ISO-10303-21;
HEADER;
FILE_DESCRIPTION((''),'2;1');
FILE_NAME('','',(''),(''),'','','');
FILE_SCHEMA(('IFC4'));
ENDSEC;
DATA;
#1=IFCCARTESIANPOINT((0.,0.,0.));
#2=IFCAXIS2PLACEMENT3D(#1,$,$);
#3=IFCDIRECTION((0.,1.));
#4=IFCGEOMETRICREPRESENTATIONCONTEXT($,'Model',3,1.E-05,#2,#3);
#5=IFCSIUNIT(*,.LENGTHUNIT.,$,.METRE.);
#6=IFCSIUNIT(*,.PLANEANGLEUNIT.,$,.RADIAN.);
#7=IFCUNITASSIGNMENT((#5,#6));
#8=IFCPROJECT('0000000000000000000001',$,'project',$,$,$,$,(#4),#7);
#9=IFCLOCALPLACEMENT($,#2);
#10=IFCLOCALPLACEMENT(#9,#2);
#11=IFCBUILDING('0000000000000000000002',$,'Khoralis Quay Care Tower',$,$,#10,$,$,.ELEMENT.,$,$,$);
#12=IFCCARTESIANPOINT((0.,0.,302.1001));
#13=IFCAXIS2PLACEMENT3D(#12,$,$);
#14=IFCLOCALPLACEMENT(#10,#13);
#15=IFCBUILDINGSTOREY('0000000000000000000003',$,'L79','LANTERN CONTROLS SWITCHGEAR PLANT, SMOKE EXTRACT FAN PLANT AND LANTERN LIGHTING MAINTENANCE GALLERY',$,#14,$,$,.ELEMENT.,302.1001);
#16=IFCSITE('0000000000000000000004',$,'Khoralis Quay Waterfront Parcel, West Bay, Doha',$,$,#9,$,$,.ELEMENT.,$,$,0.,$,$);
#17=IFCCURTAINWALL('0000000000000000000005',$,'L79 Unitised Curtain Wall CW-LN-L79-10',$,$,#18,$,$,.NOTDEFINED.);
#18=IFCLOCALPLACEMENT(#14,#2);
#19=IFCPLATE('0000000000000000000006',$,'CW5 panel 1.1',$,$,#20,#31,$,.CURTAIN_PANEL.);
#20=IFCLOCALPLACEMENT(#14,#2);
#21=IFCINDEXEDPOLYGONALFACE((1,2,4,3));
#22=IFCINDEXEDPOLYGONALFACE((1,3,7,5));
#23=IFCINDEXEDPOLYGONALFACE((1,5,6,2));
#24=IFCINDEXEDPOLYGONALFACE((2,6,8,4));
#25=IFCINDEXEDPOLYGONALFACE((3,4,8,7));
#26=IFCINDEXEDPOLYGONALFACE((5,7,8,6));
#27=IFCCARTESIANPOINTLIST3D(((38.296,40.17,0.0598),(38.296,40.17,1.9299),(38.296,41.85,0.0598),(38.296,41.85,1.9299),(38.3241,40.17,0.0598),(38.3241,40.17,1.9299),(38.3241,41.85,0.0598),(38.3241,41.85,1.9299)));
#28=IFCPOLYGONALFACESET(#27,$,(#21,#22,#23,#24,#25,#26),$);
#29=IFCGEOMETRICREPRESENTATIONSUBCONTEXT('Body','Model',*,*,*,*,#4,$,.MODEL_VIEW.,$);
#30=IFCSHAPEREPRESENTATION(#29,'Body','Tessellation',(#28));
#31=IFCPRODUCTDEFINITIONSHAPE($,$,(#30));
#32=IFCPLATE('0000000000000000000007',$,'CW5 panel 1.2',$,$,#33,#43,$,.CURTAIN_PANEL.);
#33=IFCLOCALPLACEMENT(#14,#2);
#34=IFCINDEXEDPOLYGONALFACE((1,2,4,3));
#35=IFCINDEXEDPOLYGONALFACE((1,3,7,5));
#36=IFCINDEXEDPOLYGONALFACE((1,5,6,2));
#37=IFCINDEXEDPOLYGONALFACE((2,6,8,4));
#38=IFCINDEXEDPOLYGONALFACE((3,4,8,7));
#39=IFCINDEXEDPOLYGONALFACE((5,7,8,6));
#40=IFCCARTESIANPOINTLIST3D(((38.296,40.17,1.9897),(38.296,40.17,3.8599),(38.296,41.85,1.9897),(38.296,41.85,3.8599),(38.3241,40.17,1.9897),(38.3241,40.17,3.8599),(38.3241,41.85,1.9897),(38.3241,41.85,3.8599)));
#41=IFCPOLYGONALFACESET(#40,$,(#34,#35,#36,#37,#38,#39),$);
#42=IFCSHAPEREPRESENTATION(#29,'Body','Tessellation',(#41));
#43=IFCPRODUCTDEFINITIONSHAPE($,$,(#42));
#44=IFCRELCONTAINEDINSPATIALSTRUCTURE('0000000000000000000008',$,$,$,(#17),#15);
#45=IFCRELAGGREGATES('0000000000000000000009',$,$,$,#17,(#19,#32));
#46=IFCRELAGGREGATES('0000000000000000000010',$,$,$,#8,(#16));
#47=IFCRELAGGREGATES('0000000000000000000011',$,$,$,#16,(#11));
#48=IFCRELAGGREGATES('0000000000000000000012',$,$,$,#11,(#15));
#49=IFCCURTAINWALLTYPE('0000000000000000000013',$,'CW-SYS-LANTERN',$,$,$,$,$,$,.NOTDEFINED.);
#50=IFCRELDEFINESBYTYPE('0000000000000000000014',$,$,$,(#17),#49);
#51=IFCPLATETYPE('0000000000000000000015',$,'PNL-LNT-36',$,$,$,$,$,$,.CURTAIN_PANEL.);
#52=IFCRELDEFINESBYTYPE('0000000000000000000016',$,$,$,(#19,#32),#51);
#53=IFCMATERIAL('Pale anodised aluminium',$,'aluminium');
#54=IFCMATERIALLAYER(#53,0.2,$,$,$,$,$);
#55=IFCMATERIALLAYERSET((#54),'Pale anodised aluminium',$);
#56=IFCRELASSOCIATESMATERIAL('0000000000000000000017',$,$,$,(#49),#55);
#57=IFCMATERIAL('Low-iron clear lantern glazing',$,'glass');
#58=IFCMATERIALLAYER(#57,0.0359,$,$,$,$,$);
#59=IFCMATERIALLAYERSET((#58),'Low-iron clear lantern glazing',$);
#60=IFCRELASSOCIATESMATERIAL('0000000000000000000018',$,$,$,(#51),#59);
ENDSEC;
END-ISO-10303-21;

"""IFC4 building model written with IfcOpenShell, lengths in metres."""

from ifc_helpers import new_model, si_unit, direction, frame, origin, origin_2d, place, context, subcontext, project, spatial, rectangle, extrude, source, transform, mapped, material, layer, layer_set, type_object, element, aggregate, save


model = new_model("IFC4")

# Units and contexts
model_context = context("Model", 3, precision=1e-05, world=origin(), true_north=direction((0.0, 1.0)))
body_context = subcontext(model_context, "Body", "Model", "MODEL_VIEW")
ifc_project = project(units=[si_unit("LENGTHUNIT", "METRE"), si_unit("PLANEANGLEUNIT", "RADIAN")], contexts=[model_context])

# Site, building, storey
site_placement = place(None, origin())
site = spatial("IfcSite", under=ifc_project, at=site_placement, Name="Khoralis Quay Waterfront Parcel, West Bay, Doha", CompositionType="ELEMENT", RefElevation=0.0)
building_placement = place(site_placement, origin())
building = spatial("IfcBuilding", under=site, at=building_placement, Name="Khoralis Quay Care Tower", CompositionType="ELEMENT")
storey_placement = place(building_placement, frame((0.0, 0.0, 302.1001)))
storey = spatial("IfcBuildingStorey", under=building, at=storey_placement, Name="L79", Description="LANTERN CONTROLS SWITCHGEAR PLANT, SMOKE EXTRACT FAN PLANT AND LANTERN LIGHTING MAINTENANCE GALLERY", CompositionType="ELEMENT", Elevation=302.1001)

# Curtain wall
ifc_material_1 = material(Name="Pale anodised aluminium", Category="aluminium")
ifc_layer_1 = layer(ifc_material_1, 0.2)
ifc_layer_set_1 = layer_set([ifc_layer_1], Name="Pale anodised aluminium")
curtain_wall_type = type_object("IfcCurtainWallType", Name="CW-SYS-LANTERN", PredefinedType="NOTDEFINED", material=ifc_layer_set_1)
curtain_wall_1_placement = place(storey_placement, origin())
curtain_wall_1 = element("IfcCurtainWall", 1, at=curtain_wall_1_placement, inside=storey, type_object=curtain_wall_type, Name="L79 Unitised Curtain Wall CW-LN-L79-10", PredefinedType="NOTDEFINED")

# Plates
ifc_material_2 = material(Name="Low-iron clear lantern glazing", Category="glass")
ifc_layer_2 = layer(ifc_material_2, 0.0359)
ifc_layer_set_2 = layer_set([ifc_layer_2], Name="Low-iron clear lantern glazing")
plate_type = type_object("IfcPlateType", Name="PNL-LNT-36", PredefinedType="CURTAIN_PANEL", material=ifc_layer_set_2)
shared_shape_1 = source(origin(), body_context, "Body", "SweptSolid", [
    extrude(rectangle(XDim=1.6799, YDim=0.0281, at=origin_2d()), origin(), (0.0, 0.0, 1.0), 1.8701),
])
plate_1_placement = place(storey_placement, frame((38.3101, 41.01, 0.0598), z_axis=(0.0, 0.0, 1.0), x_axis=(0.0, 1.0, 0.0)))
plate_1 = element("IfcPlate", 2, at=plate_1_placement, type_object=plate_type, Name="CW5 panel 1.1", PredefinedType="CURTAIN_PANEL", context=body_context, shape_type="MappedRepresentation", body=[
    mapped(shared_shape_1, transform((0.0, 0.0, 0.0), scale=1.0)),
])
plate_2_placement = place(storey_placement, frame((38.3101, 41.01, 1.9897), z_axis=(0.0, 0.0, 1.0), x_axis=(0.0, 1.0, 0.0)))
plate_2 = element("IfcPlate", 3, at=plate_2_placement, type_object=plate_type, Name="CW5 panel 1.2", PredefinedType="CURTAIN_PANEL", context=body_context, shape_type="MappedRepresentation", body=[
    mapped(shared_shape_1, transform((0.0, 0.0, 0.0), scale=1.0)),
])
aggregate(curtain_wall_1, [plate_1, plate_2])

save(model, "model.ifc")
